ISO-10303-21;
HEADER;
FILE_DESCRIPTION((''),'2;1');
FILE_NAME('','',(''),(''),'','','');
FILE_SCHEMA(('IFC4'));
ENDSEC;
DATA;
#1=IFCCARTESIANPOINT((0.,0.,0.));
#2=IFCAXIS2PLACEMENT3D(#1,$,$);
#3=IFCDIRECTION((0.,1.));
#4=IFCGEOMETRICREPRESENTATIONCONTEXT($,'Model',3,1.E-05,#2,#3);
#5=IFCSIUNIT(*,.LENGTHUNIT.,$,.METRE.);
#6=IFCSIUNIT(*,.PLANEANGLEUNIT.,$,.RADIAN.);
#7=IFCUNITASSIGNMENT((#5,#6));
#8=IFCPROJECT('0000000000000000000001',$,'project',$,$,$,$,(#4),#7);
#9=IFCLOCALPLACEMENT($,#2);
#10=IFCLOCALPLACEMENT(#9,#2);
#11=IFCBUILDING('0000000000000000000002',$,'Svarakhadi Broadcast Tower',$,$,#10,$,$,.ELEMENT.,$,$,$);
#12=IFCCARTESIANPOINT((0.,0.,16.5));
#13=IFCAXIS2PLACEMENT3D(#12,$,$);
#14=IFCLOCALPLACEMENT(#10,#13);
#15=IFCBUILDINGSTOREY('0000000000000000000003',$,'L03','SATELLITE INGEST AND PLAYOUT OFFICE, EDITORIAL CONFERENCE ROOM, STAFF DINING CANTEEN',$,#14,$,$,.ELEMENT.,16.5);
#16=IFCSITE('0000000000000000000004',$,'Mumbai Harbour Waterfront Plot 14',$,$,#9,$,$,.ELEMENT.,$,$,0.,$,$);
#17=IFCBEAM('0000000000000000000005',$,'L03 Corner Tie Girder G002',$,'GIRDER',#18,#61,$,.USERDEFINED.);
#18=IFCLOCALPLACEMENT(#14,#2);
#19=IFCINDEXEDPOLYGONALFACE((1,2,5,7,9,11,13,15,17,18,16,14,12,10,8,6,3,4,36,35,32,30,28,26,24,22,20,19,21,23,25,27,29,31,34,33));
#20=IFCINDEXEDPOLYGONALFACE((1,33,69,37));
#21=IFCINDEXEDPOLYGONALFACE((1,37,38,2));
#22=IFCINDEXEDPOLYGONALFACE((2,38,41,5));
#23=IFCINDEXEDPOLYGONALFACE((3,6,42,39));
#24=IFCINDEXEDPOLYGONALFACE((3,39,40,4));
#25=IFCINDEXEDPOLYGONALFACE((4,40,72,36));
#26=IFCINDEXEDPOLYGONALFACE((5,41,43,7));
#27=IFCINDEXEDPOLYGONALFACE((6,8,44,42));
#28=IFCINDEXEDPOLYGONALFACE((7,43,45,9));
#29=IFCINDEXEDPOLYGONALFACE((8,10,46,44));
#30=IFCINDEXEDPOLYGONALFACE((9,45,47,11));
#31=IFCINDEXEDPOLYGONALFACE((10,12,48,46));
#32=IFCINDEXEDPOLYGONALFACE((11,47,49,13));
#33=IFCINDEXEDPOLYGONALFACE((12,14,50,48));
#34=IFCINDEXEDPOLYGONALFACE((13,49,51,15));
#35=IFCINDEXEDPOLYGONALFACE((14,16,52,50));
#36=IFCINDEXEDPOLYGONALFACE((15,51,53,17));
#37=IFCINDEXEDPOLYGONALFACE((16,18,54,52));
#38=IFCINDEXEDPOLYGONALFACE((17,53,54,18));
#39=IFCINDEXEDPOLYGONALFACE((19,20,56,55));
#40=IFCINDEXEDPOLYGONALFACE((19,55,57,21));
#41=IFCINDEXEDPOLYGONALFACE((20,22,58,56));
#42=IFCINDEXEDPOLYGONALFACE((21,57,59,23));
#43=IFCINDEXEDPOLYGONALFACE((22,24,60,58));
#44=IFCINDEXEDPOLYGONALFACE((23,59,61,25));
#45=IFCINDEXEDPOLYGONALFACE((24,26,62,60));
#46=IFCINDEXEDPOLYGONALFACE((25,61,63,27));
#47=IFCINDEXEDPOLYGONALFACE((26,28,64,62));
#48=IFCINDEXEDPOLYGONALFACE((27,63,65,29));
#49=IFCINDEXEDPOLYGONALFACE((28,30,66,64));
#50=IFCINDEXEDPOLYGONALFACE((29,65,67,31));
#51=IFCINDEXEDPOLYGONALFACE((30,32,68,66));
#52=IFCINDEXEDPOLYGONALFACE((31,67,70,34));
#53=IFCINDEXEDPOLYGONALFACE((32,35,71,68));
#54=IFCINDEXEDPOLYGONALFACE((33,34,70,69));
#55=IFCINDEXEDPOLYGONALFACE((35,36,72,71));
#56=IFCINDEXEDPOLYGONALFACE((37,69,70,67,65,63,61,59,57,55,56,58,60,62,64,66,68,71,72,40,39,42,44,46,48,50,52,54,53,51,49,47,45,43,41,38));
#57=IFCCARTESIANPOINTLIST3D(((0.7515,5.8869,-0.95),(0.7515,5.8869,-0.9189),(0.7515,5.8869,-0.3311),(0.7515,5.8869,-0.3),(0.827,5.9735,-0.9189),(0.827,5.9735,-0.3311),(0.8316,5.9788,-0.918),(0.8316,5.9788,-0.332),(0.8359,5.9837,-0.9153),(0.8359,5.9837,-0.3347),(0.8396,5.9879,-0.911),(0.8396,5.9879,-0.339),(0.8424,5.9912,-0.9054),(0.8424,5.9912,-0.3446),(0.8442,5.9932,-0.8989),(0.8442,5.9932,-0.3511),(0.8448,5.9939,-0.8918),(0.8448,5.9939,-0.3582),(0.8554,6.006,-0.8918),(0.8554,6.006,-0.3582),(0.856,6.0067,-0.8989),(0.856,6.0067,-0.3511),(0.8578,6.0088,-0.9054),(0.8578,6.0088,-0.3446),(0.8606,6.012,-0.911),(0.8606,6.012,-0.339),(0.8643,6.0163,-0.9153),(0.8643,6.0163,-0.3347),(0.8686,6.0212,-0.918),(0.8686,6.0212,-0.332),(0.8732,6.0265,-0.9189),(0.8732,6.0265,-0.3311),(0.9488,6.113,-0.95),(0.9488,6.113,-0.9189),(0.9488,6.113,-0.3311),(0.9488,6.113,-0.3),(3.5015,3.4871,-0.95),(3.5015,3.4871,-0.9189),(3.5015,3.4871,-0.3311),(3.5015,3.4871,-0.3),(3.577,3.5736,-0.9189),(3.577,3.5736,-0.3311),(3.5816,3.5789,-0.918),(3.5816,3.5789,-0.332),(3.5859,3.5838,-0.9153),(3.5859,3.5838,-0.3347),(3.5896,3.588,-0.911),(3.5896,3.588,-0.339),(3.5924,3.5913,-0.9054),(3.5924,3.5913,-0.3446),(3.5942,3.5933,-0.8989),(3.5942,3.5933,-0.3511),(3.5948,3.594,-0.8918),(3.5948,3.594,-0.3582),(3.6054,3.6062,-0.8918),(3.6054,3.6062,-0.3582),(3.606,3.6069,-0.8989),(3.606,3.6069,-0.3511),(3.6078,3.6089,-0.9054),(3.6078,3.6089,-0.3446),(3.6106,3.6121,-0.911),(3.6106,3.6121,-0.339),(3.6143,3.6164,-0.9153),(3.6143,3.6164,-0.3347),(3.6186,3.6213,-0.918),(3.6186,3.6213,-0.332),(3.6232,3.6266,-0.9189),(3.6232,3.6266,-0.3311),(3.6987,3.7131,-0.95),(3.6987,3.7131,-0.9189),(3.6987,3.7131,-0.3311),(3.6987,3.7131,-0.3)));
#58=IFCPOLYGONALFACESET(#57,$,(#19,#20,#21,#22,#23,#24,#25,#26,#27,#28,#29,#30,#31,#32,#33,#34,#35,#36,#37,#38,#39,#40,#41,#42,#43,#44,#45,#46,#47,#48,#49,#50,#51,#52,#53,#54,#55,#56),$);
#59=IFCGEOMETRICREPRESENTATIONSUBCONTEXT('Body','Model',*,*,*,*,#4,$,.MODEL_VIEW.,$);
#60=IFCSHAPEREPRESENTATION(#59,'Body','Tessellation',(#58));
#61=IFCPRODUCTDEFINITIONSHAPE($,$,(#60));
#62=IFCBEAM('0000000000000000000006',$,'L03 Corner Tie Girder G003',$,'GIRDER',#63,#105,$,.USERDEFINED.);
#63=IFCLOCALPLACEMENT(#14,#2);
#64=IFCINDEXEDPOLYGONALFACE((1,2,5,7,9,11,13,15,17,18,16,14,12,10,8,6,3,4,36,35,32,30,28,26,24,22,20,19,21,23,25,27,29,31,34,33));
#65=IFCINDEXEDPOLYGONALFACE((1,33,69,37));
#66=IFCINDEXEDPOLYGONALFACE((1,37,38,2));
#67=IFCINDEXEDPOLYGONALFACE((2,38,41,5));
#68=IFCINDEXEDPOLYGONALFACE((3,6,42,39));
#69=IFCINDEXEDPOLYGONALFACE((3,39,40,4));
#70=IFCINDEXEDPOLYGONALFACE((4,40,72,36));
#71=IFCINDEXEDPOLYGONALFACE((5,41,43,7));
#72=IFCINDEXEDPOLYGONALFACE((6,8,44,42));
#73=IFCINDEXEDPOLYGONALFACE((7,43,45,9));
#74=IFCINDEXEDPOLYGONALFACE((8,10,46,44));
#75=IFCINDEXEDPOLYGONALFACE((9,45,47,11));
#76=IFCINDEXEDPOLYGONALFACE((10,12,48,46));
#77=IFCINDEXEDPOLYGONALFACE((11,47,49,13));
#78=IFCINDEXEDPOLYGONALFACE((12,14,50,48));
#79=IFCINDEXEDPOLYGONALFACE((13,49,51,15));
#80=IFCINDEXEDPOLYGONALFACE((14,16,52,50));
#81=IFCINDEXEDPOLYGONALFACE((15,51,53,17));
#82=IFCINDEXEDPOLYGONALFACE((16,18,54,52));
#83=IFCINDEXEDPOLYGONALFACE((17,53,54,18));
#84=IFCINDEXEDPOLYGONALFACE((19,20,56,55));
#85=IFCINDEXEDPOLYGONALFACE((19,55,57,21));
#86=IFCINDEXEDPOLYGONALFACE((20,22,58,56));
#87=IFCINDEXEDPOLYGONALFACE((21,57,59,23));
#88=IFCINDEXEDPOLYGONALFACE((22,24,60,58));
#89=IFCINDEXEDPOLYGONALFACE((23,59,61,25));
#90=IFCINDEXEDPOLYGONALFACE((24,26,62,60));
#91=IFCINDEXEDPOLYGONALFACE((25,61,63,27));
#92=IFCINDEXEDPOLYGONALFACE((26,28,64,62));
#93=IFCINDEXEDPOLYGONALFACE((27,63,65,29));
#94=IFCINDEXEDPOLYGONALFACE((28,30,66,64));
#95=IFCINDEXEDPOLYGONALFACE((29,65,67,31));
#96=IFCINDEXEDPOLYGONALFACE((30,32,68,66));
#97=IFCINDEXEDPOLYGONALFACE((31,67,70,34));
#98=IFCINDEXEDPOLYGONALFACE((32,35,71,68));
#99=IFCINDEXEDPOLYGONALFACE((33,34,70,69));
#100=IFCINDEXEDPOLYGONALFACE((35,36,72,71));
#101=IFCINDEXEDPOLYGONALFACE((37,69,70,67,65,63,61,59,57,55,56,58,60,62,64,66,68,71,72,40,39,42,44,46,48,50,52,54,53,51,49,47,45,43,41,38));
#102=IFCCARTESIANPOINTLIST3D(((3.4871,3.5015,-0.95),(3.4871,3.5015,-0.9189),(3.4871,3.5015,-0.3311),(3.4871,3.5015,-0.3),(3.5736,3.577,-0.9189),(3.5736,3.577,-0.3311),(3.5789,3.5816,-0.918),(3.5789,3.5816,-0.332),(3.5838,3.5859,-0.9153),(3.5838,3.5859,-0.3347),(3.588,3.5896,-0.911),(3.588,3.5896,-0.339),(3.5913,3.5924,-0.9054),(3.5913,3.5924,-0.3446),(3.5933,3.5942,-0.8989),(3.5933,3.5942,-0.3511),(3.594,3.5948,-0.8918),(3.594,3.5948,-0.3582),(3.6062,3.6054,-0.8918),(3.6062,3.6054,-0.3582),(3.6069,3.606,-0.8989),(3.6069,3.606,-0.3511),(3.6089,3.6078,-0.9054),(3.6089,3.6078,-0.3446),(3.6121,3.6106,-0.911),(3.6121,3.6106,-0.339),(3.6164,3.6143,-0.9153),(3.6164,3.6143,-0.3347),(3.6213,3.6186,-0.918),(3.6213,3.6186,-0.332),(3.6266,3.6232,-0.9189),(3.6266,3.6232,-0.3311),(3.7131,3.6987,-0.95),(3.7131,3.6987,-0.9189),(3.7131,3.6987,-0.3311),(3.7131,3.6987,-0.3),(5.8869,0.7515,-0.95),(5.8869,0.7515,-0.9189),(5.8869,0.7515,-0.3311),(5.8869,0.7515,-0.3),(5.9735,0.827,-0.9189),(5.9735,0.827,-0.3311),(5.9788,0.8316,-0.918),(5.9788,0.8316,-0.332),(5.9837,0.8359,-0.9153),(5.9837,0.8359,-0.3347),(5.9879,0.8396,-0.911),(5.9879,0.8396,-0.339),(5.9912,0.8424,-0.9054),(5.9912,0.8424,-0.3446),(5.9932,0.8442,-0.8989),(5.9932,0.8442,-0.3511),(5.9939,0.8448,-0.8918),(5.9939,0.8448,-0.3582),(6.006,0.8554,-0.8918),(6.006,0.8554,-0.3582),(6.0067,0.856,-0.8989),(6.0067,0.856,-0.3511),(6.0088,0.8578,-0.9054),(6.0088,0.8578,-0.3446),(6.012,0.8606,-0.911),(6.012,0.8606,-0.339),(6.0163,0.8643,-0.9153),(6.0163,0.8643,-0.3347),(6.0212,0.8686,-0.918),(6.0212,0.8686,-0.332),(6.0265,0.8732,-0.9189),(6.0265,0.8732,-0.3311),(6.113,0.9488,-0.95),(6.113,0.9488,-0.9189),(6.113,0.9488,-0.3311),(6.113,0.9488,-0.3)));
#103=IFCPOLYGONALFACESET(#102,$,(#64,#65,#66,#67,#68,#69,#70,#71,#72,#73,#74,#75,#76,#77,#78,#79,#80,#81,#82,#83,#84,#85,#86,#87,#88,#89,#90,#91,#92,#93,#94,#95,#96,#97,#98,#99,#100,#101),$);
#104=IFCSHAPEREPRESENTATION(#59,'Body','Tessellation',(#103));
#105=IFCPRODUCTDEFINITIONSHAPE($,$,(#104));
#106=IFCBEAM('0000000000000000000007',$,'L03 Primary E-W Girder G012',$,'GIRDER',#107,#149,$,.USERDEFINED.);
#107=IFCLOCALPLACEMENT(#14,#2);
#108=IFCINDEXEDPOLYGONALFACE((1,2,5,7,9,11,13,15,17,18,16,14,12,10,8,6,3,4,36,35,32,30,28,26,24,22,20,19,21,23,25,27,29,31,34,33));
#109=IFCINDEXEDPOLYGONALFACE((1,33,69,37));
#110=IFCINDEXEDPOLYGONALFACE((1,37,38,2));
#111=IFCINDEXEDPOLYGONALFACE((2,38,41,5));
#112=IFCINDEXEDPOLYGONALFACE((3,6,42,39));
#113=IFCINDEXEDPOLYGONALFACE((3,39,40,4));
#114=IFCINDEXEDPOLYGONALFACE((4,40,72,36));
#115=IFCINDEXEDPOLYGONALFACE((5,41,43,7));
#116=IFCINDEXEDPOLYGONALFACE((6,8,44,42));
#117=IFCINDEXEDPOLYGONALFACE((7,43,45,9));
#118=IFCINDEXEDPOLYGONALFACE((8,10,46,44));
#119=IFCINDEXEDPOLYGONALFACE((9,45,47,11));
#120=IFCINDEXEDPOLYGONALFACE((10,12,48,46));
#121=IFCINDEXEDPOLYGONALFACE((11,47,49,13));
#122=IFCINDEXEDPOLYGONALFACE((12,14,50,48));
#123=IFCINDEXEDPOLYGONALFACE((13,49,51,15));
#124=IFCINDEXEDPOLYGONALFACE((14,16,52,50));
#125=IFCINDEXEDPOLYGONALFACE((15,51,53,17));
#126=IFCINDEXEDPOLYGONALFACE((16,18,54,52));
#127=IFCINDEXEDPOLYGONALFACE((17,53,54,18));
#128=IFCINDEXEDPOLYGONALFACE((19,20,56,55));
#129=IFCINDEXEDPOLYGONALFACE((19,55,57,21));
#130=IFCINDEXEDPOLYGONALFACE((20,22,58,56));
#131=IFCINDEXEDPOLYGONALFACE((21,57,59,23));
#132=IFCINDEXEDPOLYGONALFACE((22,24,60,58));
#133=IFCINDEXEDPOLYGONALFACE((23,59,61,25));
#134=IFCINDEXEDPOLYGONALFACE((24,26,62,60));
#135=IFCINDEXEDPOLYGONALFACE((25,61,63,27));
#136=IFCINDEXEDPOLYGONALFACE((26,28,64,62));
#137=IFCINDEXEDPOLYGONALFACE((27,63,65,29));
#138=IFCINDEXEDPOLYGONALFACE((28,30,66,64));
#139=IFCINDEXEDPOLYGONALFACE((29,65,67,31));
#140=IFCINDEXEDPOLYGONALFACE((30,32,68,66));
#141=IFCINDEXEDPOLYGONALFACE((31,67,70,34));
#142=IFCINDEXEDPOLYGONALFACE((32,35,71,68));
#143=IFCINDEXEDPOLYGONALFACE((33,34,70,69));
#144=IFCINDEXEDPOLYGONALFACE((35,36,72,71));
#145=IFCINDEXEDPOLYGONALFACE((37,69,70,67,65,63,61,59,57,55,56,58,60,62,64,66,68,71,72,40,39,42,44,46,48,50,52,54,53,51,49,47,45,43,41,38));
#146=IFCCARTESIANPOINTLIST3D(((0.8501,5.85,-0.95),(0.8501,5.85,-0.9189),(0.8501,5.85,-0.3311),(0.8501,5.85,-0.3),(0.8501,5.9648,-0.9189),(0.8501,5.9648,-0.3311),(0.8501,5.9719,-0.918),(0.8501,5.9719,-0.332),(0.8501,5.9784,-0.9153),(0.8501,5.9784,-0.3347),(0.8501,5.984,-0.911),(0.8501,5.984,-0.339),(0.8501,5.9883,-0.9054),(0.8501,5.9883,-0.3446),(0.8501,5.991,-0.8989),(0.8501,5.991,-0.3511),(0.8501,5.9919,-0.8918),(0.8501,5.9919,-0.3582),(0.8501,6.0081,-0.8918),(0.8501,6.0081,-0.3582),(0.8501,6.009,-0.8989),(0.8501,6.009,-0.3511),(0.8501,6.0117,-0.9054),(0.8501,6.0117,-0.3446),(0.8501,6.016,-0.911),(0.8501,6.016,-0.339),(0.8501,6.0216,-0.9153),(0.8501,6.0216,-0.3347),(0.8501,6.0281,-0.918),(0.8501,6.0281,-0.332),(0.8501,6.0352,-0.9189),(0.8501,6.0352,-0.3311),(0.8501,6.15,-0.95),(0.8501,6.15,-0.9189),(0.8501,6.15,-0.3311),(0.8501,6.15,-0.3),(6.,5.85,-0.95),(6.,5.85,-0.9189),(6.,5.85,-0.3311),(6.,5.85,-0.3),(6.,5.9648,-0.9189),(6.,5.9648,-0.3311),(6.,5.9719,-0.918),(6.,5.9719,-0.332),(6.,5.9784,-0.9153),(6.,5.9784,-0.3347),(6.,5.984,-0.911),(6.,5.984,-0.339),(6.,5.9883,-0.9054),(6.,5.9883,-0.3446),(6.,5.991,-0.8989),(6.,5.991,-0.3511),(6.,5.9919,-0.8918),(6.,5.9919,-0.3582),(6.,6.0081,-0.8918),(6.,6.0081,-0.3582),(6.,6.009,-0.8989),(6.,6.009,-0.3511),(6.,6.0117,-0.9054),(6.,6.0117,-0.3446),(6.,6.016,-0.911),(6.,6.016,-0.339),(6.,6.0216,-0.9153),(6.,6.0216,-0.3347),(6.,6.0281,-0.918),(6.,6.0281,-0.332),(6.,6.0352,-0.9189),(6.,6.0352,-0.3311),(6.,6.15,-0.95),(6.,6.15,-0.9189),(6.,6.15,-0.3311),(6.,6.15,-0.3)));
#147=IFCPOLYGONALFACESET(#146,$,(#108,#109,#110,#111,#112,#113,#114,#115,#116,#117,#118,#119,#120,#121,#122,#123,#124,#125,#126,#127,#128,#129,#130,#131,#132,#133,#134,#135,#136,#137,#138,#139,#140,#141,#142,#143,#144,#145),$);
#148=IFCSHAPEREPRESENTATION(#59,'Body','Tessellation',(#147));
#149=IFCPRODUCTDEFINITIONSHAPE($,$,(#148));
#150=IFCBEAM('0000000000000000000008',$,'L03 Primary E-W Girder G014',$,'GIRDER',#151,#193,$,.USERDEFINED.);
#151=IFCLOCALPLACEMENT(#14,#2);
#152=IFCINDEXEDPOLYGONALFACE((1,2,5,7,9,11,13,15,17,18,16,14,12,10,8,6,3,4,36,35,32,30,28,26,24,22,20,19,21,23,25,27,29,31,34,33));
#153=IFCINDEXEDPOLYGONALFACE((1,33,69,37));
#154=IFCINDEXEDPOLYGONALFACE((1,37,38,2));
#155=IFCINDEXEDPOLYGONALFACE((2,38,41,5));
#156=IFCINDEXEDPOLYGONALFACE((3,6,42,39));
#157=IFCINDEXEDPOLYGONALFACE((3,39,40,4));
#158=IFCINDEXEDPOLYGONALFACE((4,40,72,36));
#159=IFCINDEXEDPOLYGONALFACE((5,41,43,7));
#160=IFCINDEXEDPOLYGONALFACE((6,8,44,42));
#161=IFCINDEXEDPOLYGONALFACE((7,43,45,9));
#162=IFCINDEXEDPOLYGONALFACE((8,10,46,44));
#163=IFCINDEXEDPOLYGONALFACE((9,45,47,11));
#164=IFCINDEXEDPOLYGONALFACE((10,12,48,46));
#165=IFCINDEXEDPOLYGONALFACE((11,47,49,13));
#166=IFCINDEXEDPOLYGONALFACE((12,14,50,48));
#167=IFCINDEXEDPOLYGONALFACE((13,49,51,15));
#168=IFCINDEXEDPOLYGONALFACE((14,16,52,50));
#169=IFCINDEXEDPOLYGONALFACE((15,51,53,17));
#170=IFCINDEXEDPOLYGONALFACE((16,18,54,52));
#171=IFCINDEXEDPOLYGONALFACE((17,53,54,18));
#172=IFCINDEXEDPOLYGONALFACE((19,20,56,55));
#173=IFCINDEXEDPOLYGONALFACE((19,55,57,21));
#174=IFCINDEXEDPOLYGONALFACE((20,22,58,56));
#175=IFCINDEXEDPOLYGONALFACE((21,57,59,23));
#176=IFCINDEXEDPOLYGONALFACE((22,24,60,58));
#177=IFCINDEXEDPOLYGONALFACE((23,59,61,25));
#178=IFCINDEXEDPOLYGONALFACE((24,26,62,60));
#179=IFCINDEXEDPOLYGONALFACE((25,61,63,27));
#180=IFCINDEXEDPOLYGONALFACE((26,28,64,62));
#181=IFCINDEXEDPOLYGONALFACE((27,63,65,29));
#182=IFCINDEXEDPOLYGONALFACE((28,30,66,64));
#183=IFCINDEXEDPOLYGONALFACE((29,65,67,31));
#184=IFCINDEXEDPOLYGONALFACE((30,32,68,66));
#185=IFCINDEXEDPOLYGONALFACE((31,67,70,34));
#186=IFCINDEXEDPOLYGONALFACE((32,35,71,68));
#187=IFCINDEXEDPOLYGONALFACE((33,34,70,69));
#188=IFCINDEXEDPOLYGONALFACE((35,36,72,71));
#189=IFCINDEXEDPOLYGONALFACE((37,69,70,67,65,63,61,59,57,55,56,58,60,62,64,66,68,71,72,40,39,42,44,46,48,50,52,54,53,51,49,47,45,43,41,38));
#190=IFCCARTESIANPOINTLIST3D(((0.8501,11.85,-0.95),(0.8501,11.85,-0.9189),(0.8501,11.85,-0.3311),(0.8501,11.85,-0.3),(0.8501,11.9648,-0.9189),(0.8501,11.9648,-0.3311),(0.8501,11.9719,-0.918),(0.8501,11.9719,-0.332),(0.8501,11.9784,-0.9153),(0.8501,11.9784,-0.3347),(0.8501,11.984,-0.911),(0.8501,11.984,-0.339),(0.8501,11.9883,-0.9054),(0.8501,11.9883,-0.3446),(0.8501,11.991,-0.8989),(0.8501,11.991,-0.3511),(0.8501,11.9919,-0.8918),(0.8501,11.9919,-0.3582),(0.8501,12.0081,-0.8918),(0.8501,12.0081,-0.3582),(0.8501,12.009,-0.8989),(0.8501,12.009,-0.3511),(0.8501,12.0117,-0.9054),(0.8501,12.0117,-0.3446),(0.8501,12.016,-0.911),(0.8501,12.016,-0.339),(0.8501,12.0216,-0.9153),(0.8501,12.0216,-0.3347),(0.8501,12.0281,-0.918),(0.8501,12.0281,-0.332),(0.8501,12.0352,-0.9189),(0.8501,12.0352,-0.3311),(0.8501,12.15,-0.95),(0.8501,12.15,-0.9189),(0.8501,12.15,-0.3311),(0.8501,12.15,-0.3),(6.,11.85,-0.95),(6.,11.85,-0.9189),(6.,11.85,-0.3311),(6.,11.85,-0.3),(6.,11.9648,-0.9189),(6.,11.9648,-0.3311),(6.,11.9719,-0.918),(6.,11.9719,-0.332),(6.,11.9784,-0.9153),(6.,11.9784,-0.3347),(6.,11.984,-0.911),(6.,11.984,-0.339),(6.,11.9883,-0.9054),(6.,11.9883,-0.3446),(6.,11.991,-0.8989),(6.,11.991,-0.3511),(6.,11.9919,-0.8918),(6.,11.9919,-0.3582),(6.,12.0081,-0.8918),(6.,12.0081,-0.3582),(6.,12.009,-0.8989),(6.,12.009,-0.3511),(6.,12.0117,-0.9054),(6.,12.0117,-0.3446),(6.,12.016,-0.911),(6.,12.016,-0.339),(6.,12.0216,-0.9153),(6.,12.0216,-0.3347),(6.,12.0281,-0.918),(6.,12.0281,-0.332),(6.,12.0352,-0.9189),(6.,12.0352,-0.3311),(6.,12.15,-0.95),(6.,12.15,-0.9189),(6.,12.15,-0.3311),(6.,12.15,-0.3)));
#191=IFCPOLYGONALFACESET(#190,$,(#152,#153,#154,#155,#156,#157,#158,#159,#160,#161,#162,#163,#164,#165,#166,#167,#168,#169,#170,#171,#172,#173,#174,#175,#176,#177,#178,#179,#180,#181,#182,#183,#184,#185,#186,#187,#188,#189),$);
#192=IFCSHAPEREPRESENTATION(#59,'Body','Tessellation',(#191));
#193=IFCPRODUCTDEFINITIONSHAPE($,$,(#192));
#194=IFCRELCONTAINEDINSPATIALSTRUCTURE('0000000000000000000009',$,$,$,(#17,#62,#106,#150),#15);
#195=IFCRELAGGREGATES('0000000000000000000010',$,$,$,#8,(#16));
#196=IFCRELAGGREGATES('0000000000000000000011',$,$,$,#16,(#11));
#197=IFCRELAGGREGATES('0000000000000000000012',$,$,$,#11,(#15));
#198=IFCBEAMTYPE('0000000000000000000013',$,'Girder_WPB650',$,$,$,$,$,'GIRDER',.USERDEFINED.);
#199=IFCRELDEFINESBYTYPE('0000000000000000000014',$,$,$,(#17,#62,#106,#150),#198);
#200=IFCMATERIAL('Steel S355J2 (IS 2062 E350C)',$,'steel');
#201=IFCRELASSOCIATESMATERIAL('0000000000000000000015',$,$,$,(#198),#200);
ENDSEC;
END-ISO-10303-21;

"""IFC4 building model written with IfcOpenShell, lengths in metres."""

from ifc_helpers import new_model, si_unit, direction, frame, origin, origin_2d, place, context, subcontext, project, spatial, i_section, extrude, material, material_profile, profile_set, type_object, element, save


model = new_model("IFC4")

# Units and contexts
model_context = context("Model", 3, precision=1e-05, world=origin(), true_north=direction((0.0, 1.0)))
body_context = subcontext(model_context, "Body", "Model", "MODEL_VIEW")
ifc_project = project(units=[si_unit("LENGTHUNIT", "METRE"), si_unit("PLANEANGLEUNIT", "RADIAN")], contexts=[model_context])

# Site, building, storey
site_placement = place(None, origin())
site = spatial("IfcSite", under=ifc_project, at=site_placement, Name="Mumbai Harbour Waterfront Plot 14", CompositionType="ELEMENT", RefElevation=0.0)
building_placement = place(site_placement, origin())
building = spatial("IfcBuilding", under=site, at=building_placement, Name="Svarakhadi Broadcast Tower", CompositionType="ELEMENT")
storey_placement = place(building_placement, frame((0.0, 0.0, 16.5)))
storey = spatial("IfcBuildingStorey", under=building, at=storey_placement, Name="L03", Description="SATELLITE INGEST AND PLAYOUT OFFICE, EDITORIAL CONFERENCE ROOM, STAFF DINING CANTEEN", CompositionType="ELEMENT", Elevation=16.5)

# Shared definitions
ifc_material_1 = material(Name="Steel S355J2 (IS 2062 E350C)", Category="steel")

# Beams
ifc_material_profile_1 = material_profile(ifc_material_1, i_section(OverallWidth=0.3, OverallDepth=0.6499, WebThickness=0.0161, FlangeThickness=0.031, FilletRadius=0.0271, at=origin_2d()), Name="WPB 650x300x225")
ifc_profile_set_1 = profile_set([ifc_material_profile_1], Name="Steel S355J2 (IS 2062 E350C)")
beam_type_1 = type_object("IfcBeamType", Name="Girder_WPB650", ElementType="GIRDER", PredefinedType="USERDEFINED", material=ifc_profile_set_1)
for number, where, z_axis, x_axis, name in (
    (1, (3.6001, 3.6001, -0.625), (-0.753438, 0.657519, 0.0), (-0.657519, -0.753438, 0.0), "L03 Corner Tie Girder G002"),
    (2, (3.6001, 3.6001, -0.625), (0.657519, -0.753438, 0.0), (0.753438, 0.657519, 0.0), "L03 Corner Tie Girder G003"),
):
    element("IfcBeam", number, at=place(storey_placement, frame(where, z_axis=z_axis, x_axis=x_axis)), inside=storey, type_object=beam_type_1, Name=name, ObjectType="GIRDER", PredefinedType="USERDEFINED", context=body_context, shape_type="SweptSolid", body=[
        extrude(i_section(OverallWidth=0.3, OverallDepth=0.6499, WebThickness=0.0161, FlangeThickness=0.031, FilletRadius=0.0271, at=origin_2d()), origin(), (0.0, 0.0, 1.0), 3.6499),
    ])
for number, where, z_axis, x_axis, name in (
    (3, (0.8501, 6.0, -0.625), (1.0, 0.0, 0.0), (0.0, 1.0, 0.0), "L03 Primary E-W Girder G012"),
    (4, (0.8501, 12.0, -0.625), (1.0, 0.0, 0.0), (0.0, 1.0, 0.0), "L03 Primary E-W Girder G014"),
):
    element("IfcBeam", number, at=place(storey_placement, frame(where, z_axis=z_axis, x_axis=x_axis)), inside=storey, type_object=beam_type_1, Name=name, ObjectType="GIRDER", PredefinedType="USERDEFINED", context=body_context, shape_type="SweptSolid", body=[
        extrude(i_section(OverallWidth=0.3, OverallDepth=0.6499, WebThickness=0.0161, FlangeThickness=0.031, FilletRadius=0.0271, at=origin_2d()), origin(), (0.0, 0.0, 1.0), 5.1499),
    ])

save(model, "model.ifc")
